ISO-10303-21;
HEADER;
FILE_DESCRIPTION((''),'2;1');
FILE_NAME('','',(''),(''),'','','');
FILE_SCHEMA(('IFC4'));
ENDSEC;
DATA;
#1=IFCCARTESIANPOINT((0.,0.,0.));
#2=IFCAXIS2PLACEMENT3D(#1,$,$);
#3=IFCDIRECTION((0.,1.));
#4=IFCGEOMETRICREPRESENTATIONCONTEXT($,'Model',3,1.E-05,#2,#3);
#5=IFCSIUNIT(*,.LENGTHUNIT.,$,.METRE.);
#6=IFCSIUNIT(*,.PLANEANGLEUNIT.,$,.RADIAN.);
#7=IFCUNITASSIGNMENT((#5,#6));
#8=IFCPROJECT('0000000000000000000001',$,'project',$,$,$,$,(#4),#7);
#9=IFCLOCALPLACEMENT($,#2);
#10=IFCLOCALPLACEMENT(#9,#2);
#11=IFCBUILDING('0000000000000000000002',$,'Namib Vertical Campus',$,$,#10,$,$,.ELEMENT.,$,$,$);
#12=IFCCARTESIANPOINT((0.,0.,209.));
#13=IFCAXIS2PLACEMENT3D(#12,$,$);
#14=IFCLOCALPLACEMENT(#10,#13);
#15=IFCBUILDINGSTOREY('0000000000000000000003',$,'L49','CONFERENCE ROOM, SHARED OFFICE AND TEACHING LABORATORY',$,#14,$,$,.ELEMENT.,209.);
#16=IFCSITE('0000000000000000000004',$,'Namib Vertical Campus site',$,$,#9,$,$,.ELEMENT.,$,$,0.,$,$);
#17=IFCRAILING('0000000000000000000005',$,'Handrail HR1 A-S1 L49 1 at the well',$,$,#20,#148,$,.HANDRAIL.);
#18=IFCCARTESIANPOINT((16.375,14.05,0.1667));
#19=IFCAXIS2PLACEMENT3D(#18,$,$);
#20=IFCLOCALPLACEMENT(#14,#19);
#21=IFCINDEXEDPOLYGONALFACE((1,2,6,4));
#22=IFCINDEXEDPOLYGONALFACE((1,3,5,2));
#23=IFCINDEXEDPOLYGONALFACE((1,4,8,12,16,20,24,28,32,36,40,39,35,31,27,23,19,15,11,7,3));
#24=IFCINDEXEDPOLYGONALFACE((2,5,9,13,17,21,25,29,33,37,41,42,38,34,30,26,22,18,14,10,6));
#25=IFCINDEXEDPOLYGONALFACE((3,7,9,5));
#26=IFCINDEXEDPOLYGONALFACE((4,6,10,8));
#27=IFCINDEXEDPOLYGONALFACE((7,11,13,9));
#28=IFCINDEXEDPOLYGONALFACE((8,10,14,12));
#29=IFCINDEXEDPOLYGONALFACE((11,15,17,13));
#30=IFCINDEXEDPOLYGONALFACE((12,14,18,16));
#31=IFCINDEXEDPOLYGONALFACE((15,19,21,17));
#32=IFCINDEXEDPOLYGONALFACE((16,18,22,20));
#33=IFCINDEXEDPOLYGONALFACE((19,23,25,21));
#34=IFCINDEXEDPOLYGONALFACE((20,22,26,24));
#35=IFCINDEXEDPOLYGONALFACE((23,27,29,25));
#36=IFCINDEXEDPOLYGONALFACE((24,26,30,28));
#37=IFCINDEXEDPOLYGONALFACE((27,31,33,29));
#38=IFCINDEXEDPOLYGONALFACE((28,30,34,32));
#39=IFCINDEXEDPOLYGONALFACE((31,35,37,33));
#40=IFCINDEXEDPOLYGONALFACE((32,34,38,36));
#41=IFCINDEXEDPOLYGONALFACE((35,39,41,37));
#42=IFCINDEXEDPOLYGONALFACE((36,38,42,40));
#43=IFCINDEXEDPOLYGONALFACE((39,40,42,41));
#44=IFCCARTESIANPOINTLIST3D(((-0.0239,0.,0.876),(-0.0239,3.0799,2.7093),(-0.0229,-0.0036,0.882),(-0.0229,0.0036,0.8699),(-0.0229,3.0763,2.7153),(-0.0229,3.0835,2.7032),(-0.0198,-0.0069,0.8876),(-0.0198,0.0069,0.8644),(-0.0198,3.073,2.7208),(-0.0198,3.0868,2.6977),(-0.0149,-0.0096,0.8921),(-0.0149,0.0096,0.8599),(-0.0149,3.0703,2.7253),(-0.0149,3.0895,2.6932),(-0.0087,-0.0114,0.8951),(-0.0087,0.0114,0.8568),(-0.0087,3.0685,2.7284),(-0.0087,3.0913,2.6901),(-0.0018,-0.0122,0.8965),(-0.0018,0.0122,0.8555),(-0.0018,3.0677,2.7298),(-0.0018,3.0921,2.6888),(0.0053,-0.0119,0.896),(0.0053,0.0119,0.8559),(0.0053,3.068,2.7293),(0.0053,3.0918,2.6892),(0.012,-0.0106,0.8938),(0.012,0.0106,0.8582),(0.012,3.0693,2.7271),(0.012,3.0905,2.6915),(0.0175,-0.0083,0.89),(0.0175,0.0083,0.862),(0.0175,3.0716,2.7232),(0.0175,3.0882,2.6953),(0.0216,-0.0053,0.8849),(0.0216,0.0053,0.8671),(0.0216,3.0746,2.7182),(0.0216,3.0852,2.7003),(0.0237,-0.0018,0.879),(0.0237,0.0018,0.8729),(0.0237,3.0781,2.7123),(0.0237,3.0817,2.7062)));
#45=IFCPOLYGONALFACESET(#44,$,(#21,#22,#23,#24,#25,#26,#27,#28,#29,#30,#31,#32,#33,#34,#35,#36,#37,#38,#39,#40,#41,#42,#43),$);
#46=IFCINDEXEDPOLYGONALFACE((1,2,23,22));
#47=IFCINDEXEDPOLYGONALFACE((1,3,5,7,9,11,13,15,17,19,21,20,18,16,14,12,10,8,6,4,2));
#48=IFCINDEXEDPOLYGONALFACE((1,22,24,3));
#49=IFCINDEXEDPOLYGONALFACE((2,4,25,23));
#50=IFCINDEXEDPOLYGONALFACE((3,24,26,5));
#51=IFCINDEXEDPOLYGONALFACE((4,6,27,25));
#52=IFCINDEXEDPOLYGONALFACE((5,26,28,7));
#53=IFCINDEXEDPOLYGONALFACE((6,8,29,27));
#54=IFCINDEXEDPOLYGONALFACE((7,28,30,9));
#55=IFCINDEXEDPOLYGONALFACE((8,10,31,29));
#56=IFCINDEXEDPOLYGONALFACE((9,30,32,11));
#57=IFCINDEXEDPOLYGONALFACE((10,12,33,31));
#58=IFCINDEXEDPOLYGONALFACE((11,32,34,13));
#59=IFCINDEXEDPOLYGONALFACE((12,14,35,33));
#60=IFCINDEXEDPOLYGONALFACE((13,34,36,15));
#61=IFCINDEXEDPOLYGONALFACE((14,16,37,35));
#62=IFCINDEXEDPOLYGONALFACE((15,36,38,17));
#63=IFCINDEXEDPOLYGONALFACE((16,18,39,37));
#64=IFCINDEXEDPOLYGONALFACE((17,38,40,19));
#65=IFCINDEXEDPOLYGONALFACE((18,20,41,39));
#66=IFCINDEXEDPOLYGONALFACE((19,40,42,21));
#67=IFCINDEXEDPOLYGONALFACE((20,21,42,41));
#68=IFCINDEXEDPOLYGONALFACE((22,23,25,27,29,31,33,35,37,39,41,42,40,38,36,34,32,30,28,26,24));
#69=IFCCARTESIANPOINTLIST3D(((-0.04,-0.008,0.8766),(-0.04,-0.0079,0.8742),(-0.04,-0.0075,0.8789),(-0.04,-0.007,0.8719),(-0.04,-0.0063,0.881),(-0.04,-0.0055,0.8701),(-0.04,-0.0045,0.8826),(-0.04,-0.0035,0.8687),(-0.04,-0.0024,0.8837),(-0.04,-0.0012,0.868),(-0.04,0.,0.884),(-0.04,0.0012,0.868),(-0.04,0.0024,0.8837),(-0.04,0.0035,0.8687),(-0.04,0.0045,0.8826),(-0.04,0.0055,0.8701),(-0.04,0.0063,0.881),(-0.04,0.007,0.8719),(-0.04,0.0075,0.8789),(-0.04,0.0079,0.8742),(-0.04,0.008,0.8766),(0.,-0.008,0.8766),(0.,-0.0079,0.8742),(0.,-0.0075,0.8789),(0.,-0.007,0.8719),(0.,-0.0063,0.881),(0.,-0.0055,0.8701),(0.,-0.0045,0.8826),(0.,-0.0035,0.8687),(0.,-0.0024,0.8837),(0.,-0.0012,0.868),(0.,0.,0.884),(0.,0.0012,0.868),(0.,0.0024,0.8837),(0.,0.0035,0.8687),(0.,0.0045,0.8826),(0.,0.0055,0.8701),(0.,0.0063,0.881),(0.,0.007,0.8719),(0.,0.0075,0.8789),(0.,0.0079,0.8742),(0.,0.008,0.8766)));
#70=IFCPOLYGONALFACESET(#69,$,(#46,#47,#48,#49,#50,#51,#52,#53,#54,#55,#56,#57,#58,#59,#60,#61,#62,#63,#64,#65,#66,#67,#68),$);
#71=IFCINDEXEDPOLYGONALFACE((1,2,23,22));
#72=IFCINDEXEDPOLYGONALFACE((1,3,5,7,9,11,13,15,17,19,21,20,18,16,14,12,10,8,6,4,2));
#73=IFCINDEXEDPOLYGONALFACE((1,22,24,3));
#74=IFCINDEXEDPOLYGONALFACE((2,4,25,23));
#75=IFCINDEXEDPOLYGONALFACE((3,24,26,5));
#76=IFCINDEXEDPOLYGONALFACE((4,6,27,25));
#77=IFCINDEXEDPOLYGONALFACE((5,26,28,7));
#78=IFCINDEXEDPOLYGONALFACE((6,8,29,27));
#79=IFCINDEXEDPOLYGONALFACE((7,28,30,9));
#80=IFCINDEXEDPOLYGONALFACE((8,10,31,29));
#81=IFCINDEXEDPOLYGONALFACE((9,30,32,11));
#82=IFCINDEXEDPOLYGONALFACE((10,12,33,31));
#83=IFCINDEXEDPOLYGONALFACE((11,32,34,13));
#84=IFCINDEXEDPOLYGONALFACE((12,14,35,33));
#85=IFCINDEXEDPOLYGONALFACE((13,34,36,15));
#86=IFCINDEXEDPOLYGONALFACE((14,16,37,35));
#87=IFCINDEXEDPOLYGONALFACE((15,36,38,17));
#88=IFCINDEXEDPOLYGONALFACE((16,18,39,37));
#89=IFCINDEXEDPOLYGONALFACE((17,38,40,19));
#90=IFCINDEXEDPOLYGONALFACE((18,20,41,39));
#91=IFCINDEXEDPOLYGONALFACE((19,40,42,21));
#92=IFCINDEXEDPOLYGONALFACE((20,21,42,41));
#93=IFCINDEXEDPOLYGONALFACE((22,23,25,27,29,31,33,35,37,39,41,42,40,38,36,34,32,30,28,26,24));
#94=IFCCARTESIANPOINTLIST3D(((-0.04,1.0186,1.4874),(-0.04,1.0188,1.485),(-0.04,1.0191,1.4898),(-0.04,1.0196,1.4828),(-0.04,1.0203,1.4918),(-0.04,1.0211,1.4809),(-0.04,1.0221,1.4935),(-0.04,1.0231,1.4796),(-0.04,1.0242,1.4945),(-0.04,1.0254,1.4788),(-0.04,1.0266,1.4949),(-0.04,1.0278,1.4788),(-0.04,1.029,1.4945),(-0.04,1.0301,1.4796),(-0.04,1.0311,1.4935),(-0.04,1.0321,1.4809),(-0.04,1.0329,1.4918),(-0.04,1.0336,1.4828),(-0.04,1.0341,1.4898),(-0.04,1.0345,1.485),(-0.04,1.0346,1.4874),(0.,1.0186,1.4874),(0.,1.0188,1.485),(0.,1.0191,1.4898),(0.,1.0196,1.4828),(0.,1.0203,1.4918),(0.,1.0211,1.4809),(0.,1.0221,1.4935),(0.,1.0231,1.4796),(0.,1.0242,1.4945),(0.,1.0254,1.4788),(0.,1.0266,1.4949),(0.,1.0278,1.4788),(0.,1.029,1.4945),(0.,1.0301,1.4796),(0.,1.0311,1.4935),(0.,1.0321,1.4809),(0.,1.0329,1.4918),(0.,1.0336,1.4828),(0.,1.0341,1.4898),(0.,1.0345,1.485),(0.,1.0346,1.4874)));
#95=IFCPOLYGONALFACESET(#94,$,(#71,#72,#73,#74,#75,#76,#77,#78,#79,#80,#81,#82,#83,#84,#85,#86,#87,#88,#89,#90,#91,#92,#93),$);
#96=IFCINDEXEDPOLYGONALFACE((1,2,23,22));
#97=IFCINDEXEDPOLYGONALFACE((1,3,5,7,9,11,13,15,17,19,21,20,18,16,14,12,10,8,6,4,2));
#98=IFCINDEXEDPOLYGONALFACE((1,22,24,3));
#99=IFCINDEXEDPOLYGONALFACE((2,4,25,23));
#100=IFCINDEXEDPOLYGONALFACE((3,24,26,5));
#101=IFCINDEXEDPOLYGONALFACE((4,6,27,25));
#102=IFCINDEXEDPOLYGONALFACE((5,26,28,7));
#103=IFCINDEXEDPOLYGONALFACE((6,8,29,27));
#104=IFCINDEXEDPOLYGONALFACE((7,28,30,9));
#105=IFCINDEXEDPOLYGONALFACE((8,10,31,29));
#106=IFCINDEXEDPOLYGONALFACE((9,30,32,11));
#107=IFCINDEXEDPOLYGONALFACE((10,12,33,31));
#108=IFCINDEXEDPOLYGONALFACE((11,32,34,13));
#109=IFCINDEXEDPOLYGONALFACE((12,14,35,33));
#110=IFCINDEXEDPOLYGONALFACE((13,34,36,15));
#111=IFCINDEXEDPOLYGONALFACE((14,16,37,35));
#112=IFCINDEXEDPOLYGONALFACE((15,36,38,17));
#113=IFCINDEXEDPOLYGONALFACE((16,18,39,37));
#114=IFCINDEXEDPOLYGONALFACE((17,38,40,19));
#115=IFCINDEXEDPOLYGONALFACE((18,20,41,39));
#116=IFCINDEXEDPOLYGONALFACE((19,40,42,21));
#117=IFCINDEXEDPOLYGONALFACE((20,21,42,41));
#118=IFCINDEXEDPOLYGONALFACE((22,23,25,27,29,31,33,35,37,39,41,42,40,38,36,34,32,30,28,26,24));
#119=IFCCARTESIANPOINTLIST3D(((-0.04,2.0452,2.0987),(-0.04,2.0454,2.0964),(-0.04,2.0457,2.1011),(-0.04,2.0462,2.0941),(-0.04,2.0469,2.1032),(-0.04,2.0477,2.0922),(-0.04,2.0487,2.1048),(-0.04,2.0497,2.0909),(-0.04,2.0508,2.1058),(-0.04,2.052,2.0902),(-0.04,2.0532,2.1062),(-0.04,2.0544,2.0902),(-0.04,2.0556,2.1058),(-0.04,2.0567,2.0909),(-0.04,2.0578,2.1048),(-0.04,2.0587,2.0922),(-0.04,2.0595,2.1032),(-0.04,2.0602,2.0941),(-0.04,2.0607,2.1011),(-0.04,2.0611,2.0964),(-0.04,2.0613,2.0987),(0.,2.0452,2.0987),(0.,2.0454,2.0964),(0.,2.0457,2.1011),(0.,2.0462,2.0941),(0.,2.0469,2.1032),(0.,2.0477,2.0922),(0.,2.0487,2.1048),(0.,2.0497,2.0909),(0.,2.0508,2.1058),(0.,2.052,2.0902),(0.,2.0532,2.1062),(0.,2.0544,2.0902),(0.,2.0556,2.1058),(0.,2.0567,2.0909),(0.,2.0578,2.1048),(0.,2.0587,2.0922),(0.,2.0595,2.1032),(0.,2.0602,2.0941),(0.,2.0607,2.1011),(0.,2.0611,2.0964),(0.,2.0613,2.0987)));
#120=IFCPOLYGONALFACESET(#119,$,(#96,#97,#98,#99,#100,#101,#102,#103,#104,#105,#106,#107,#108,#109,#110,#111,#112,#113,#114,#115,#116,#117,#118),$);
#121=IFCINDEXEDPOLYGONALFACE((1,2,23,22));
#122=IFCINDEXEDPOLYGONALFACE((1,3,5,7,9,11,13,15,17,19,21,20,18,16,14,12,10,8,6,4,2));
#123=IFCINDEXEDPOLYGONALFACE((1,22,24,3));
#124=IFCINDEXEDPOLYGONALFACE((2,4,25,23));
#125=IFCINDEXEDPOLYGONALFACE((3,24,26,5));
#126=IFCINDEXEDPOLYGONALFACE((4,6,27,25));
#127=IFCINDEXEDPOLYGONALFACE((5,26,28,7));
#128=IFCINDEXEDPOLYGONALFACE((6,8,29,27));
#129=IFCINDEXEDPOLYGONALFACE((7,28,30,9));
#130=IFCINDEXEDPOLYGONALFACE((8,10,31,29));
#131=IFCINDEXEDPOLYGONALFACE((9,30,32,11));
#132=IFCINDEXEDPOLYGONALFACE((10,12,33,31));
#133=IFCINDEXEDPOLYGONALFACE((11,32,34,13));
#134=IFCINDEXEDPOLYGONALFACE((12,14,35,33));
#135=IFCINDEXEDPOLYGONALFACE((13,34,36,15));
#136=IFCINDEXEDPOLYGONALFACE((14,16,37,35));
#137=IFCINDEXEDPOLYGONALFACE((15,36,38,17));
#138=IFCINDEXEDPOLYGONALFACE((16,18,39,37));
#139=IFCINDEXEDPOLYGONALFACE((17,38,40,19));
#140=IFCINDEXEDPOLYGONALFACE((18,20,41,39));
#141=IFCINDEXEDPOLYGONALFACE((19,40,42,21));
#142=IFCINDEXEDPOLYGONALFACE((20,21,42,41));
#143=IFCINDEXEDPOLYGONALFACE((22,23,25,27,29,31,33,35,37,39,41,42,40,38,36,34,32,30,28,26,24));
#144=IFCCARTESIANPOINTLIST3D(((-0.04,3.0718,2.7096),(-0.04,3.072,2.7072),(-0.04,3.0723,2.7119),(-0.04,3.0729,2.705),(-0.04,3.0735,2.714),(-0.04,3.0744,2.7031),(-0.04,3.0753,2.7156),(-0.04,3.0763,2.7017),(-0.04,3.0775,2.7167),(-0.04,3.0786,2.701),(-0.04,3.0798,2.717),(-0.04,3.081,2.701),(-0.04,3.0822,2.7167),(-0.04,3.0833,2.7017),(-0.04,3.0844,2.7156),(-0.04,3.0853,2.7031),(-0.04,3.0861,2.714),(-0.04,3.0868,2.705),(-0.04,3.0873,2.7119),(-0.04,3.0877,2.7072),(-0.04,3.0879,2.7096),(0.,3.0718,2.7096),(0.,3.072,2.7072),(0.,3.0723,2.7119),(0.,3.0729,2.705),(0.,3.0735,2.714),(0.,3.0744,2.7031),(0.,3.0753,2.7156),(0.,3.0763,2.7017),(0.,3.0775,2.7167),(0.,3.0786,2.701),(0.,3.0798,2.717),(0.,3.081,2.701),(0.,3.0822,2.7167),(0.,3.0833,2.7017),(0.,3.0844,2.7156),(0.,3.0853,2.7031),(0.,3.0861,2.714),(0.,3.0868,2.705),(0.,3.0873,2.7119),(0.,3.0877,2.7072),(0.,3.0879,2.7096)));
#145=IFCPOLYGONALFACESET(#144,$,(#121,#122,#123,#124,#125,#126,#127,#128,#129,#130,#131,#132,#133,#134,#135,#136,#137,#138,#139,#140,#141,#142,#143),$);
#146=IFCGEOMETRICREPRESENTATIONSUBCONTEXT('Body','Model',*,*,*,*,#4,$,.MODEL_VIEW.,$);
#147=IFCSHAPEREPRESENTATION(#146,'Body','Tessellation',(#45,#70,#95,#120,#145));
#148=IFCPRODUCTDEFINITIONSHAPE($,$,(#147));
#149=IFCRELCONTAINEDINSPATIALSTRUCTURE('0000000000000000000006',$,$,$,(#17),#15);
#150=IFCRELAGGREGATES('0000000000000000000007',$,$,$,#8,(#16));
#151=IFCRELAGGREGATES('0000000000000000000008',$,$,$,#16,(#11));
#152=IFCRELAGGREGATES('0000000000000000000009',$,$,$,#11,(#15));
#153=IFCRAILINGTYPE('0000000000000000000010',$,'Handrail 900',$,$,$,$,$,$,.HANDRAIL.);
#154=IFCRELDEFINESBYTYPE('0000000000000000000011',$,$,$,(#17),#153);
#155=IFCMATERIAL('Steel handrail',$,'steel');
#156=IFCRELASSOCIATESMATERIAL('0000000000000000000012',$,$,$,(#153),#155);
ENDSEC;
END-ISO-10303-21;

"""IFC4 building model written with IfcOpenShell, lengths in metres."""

from ifc_helpers import new_model, si_unit, direction, frame, origin, origin_2d, place, context, subcontext, project, spatial, circle, extrude, material, type_object, element, save


model = new_model("IFC4")

# Units and contexts
model_context = context("Model", 3, precision=1e-05, world=origin(), true_north=direction((0.0, 1.0)))
body_context = subcontext(model_context, "Body", "Model", "MODEL_VIEW")
ifc_project = project(units=[si_unit("LENGTHUNIT", "METRE"), si_unit("PLANEANGLEUNIT", "RADIAN")], contexts=[model_context])

# Site, building, storey
site_placement = place(None, origin())
site = spatial("IfcSite", under=ifc_project, at=site_placement, Name="Namib Vertical Campus site", CompositionType="ELEMENT", RefElevation=0.0)
building_placement = place(site_placement, origin())
building = spatial("IfcBuilding", under=site, at=building_placement, Name="Namib Vertical Campus", CompositionType="ELEMENT")
storey_placement = place(building_placement, frame((0.0, 0.0, 209.0)))
storey = spatial("IfcBuildingStorey", under=building, at=storey_placement, Name="L49", Description="CONFERENCE ROOM, SHARED OFFICE AND TEACHING LABORATORY", CompositionType="ELEMENT", Elevation=209.0)

# Railing
ifc_material_1 = material(Name="Steel handrail", Category="steel")
railing_type_1 = type_object("IfcRailingType", Name="Handrail 900", PredefinedType="HANDRAIL", material=ifc_material_1)
railing_1_placement = place(storey_placement, frame((16.375, 14.05, 0.1667)))
element("IfcRailing", 1, at=railing_1_placement, inside=storey, type_object=railing_type_1, Name="Handrail HR1 A-S1 L49 1 at the well", PredefinedType="HANDRAIL", context=body_context, shape_type="SweptSolid", body=[
    extrude(circle(Radius=0.0239, at=origin_2d()), frame((0.0, 0.0, 0.876), z_axis=(0.0, 0.859291, 0.511487), x_axis=(-1.0, 0.0, 0.0)), (0.0, 0.0, 1.0), 3.5842),
    extrude(circle(Radius=0.0081, at=origin_2d()), frame((0.0, 0.0, 0.876), z_axis=(-1.0, 0.0, 0.0), x_axis=(0.0, 0.0, 1.0)), (0.0, 0.0, 1.0), 0.04),
    extrude(circle(Radius=0.0081, at=origin_2d()), frame((0.0, 1.0266, 1.4868), z_axis=(-1.0, 0.0, 0.0), x_axis=(0.0, 0.0, 1.0)), (0.0, 0.0, 1.0), 0.04),
    extrude(circle(Radius=0.0081, at=origin_2d()), frame((0.0, 2.0532, 2.0981), z_axis=(-1.0, 0.0, 0.0), x_axis=(0.0, 0.0, 1.0)), (0.0, 0.0, 1.0), 0.04),
    extrude(circle(Radius=0.0081, at=origin_2d()), frame((0.0, 3.0798, 2.709), z_axis=(-1.0, 0.0, 0.0), x_axis=(0.0, 0.0, 1.0)), (0.0, 0.0, 1.0), 0.04),
])

save(model, "model.ifc")
